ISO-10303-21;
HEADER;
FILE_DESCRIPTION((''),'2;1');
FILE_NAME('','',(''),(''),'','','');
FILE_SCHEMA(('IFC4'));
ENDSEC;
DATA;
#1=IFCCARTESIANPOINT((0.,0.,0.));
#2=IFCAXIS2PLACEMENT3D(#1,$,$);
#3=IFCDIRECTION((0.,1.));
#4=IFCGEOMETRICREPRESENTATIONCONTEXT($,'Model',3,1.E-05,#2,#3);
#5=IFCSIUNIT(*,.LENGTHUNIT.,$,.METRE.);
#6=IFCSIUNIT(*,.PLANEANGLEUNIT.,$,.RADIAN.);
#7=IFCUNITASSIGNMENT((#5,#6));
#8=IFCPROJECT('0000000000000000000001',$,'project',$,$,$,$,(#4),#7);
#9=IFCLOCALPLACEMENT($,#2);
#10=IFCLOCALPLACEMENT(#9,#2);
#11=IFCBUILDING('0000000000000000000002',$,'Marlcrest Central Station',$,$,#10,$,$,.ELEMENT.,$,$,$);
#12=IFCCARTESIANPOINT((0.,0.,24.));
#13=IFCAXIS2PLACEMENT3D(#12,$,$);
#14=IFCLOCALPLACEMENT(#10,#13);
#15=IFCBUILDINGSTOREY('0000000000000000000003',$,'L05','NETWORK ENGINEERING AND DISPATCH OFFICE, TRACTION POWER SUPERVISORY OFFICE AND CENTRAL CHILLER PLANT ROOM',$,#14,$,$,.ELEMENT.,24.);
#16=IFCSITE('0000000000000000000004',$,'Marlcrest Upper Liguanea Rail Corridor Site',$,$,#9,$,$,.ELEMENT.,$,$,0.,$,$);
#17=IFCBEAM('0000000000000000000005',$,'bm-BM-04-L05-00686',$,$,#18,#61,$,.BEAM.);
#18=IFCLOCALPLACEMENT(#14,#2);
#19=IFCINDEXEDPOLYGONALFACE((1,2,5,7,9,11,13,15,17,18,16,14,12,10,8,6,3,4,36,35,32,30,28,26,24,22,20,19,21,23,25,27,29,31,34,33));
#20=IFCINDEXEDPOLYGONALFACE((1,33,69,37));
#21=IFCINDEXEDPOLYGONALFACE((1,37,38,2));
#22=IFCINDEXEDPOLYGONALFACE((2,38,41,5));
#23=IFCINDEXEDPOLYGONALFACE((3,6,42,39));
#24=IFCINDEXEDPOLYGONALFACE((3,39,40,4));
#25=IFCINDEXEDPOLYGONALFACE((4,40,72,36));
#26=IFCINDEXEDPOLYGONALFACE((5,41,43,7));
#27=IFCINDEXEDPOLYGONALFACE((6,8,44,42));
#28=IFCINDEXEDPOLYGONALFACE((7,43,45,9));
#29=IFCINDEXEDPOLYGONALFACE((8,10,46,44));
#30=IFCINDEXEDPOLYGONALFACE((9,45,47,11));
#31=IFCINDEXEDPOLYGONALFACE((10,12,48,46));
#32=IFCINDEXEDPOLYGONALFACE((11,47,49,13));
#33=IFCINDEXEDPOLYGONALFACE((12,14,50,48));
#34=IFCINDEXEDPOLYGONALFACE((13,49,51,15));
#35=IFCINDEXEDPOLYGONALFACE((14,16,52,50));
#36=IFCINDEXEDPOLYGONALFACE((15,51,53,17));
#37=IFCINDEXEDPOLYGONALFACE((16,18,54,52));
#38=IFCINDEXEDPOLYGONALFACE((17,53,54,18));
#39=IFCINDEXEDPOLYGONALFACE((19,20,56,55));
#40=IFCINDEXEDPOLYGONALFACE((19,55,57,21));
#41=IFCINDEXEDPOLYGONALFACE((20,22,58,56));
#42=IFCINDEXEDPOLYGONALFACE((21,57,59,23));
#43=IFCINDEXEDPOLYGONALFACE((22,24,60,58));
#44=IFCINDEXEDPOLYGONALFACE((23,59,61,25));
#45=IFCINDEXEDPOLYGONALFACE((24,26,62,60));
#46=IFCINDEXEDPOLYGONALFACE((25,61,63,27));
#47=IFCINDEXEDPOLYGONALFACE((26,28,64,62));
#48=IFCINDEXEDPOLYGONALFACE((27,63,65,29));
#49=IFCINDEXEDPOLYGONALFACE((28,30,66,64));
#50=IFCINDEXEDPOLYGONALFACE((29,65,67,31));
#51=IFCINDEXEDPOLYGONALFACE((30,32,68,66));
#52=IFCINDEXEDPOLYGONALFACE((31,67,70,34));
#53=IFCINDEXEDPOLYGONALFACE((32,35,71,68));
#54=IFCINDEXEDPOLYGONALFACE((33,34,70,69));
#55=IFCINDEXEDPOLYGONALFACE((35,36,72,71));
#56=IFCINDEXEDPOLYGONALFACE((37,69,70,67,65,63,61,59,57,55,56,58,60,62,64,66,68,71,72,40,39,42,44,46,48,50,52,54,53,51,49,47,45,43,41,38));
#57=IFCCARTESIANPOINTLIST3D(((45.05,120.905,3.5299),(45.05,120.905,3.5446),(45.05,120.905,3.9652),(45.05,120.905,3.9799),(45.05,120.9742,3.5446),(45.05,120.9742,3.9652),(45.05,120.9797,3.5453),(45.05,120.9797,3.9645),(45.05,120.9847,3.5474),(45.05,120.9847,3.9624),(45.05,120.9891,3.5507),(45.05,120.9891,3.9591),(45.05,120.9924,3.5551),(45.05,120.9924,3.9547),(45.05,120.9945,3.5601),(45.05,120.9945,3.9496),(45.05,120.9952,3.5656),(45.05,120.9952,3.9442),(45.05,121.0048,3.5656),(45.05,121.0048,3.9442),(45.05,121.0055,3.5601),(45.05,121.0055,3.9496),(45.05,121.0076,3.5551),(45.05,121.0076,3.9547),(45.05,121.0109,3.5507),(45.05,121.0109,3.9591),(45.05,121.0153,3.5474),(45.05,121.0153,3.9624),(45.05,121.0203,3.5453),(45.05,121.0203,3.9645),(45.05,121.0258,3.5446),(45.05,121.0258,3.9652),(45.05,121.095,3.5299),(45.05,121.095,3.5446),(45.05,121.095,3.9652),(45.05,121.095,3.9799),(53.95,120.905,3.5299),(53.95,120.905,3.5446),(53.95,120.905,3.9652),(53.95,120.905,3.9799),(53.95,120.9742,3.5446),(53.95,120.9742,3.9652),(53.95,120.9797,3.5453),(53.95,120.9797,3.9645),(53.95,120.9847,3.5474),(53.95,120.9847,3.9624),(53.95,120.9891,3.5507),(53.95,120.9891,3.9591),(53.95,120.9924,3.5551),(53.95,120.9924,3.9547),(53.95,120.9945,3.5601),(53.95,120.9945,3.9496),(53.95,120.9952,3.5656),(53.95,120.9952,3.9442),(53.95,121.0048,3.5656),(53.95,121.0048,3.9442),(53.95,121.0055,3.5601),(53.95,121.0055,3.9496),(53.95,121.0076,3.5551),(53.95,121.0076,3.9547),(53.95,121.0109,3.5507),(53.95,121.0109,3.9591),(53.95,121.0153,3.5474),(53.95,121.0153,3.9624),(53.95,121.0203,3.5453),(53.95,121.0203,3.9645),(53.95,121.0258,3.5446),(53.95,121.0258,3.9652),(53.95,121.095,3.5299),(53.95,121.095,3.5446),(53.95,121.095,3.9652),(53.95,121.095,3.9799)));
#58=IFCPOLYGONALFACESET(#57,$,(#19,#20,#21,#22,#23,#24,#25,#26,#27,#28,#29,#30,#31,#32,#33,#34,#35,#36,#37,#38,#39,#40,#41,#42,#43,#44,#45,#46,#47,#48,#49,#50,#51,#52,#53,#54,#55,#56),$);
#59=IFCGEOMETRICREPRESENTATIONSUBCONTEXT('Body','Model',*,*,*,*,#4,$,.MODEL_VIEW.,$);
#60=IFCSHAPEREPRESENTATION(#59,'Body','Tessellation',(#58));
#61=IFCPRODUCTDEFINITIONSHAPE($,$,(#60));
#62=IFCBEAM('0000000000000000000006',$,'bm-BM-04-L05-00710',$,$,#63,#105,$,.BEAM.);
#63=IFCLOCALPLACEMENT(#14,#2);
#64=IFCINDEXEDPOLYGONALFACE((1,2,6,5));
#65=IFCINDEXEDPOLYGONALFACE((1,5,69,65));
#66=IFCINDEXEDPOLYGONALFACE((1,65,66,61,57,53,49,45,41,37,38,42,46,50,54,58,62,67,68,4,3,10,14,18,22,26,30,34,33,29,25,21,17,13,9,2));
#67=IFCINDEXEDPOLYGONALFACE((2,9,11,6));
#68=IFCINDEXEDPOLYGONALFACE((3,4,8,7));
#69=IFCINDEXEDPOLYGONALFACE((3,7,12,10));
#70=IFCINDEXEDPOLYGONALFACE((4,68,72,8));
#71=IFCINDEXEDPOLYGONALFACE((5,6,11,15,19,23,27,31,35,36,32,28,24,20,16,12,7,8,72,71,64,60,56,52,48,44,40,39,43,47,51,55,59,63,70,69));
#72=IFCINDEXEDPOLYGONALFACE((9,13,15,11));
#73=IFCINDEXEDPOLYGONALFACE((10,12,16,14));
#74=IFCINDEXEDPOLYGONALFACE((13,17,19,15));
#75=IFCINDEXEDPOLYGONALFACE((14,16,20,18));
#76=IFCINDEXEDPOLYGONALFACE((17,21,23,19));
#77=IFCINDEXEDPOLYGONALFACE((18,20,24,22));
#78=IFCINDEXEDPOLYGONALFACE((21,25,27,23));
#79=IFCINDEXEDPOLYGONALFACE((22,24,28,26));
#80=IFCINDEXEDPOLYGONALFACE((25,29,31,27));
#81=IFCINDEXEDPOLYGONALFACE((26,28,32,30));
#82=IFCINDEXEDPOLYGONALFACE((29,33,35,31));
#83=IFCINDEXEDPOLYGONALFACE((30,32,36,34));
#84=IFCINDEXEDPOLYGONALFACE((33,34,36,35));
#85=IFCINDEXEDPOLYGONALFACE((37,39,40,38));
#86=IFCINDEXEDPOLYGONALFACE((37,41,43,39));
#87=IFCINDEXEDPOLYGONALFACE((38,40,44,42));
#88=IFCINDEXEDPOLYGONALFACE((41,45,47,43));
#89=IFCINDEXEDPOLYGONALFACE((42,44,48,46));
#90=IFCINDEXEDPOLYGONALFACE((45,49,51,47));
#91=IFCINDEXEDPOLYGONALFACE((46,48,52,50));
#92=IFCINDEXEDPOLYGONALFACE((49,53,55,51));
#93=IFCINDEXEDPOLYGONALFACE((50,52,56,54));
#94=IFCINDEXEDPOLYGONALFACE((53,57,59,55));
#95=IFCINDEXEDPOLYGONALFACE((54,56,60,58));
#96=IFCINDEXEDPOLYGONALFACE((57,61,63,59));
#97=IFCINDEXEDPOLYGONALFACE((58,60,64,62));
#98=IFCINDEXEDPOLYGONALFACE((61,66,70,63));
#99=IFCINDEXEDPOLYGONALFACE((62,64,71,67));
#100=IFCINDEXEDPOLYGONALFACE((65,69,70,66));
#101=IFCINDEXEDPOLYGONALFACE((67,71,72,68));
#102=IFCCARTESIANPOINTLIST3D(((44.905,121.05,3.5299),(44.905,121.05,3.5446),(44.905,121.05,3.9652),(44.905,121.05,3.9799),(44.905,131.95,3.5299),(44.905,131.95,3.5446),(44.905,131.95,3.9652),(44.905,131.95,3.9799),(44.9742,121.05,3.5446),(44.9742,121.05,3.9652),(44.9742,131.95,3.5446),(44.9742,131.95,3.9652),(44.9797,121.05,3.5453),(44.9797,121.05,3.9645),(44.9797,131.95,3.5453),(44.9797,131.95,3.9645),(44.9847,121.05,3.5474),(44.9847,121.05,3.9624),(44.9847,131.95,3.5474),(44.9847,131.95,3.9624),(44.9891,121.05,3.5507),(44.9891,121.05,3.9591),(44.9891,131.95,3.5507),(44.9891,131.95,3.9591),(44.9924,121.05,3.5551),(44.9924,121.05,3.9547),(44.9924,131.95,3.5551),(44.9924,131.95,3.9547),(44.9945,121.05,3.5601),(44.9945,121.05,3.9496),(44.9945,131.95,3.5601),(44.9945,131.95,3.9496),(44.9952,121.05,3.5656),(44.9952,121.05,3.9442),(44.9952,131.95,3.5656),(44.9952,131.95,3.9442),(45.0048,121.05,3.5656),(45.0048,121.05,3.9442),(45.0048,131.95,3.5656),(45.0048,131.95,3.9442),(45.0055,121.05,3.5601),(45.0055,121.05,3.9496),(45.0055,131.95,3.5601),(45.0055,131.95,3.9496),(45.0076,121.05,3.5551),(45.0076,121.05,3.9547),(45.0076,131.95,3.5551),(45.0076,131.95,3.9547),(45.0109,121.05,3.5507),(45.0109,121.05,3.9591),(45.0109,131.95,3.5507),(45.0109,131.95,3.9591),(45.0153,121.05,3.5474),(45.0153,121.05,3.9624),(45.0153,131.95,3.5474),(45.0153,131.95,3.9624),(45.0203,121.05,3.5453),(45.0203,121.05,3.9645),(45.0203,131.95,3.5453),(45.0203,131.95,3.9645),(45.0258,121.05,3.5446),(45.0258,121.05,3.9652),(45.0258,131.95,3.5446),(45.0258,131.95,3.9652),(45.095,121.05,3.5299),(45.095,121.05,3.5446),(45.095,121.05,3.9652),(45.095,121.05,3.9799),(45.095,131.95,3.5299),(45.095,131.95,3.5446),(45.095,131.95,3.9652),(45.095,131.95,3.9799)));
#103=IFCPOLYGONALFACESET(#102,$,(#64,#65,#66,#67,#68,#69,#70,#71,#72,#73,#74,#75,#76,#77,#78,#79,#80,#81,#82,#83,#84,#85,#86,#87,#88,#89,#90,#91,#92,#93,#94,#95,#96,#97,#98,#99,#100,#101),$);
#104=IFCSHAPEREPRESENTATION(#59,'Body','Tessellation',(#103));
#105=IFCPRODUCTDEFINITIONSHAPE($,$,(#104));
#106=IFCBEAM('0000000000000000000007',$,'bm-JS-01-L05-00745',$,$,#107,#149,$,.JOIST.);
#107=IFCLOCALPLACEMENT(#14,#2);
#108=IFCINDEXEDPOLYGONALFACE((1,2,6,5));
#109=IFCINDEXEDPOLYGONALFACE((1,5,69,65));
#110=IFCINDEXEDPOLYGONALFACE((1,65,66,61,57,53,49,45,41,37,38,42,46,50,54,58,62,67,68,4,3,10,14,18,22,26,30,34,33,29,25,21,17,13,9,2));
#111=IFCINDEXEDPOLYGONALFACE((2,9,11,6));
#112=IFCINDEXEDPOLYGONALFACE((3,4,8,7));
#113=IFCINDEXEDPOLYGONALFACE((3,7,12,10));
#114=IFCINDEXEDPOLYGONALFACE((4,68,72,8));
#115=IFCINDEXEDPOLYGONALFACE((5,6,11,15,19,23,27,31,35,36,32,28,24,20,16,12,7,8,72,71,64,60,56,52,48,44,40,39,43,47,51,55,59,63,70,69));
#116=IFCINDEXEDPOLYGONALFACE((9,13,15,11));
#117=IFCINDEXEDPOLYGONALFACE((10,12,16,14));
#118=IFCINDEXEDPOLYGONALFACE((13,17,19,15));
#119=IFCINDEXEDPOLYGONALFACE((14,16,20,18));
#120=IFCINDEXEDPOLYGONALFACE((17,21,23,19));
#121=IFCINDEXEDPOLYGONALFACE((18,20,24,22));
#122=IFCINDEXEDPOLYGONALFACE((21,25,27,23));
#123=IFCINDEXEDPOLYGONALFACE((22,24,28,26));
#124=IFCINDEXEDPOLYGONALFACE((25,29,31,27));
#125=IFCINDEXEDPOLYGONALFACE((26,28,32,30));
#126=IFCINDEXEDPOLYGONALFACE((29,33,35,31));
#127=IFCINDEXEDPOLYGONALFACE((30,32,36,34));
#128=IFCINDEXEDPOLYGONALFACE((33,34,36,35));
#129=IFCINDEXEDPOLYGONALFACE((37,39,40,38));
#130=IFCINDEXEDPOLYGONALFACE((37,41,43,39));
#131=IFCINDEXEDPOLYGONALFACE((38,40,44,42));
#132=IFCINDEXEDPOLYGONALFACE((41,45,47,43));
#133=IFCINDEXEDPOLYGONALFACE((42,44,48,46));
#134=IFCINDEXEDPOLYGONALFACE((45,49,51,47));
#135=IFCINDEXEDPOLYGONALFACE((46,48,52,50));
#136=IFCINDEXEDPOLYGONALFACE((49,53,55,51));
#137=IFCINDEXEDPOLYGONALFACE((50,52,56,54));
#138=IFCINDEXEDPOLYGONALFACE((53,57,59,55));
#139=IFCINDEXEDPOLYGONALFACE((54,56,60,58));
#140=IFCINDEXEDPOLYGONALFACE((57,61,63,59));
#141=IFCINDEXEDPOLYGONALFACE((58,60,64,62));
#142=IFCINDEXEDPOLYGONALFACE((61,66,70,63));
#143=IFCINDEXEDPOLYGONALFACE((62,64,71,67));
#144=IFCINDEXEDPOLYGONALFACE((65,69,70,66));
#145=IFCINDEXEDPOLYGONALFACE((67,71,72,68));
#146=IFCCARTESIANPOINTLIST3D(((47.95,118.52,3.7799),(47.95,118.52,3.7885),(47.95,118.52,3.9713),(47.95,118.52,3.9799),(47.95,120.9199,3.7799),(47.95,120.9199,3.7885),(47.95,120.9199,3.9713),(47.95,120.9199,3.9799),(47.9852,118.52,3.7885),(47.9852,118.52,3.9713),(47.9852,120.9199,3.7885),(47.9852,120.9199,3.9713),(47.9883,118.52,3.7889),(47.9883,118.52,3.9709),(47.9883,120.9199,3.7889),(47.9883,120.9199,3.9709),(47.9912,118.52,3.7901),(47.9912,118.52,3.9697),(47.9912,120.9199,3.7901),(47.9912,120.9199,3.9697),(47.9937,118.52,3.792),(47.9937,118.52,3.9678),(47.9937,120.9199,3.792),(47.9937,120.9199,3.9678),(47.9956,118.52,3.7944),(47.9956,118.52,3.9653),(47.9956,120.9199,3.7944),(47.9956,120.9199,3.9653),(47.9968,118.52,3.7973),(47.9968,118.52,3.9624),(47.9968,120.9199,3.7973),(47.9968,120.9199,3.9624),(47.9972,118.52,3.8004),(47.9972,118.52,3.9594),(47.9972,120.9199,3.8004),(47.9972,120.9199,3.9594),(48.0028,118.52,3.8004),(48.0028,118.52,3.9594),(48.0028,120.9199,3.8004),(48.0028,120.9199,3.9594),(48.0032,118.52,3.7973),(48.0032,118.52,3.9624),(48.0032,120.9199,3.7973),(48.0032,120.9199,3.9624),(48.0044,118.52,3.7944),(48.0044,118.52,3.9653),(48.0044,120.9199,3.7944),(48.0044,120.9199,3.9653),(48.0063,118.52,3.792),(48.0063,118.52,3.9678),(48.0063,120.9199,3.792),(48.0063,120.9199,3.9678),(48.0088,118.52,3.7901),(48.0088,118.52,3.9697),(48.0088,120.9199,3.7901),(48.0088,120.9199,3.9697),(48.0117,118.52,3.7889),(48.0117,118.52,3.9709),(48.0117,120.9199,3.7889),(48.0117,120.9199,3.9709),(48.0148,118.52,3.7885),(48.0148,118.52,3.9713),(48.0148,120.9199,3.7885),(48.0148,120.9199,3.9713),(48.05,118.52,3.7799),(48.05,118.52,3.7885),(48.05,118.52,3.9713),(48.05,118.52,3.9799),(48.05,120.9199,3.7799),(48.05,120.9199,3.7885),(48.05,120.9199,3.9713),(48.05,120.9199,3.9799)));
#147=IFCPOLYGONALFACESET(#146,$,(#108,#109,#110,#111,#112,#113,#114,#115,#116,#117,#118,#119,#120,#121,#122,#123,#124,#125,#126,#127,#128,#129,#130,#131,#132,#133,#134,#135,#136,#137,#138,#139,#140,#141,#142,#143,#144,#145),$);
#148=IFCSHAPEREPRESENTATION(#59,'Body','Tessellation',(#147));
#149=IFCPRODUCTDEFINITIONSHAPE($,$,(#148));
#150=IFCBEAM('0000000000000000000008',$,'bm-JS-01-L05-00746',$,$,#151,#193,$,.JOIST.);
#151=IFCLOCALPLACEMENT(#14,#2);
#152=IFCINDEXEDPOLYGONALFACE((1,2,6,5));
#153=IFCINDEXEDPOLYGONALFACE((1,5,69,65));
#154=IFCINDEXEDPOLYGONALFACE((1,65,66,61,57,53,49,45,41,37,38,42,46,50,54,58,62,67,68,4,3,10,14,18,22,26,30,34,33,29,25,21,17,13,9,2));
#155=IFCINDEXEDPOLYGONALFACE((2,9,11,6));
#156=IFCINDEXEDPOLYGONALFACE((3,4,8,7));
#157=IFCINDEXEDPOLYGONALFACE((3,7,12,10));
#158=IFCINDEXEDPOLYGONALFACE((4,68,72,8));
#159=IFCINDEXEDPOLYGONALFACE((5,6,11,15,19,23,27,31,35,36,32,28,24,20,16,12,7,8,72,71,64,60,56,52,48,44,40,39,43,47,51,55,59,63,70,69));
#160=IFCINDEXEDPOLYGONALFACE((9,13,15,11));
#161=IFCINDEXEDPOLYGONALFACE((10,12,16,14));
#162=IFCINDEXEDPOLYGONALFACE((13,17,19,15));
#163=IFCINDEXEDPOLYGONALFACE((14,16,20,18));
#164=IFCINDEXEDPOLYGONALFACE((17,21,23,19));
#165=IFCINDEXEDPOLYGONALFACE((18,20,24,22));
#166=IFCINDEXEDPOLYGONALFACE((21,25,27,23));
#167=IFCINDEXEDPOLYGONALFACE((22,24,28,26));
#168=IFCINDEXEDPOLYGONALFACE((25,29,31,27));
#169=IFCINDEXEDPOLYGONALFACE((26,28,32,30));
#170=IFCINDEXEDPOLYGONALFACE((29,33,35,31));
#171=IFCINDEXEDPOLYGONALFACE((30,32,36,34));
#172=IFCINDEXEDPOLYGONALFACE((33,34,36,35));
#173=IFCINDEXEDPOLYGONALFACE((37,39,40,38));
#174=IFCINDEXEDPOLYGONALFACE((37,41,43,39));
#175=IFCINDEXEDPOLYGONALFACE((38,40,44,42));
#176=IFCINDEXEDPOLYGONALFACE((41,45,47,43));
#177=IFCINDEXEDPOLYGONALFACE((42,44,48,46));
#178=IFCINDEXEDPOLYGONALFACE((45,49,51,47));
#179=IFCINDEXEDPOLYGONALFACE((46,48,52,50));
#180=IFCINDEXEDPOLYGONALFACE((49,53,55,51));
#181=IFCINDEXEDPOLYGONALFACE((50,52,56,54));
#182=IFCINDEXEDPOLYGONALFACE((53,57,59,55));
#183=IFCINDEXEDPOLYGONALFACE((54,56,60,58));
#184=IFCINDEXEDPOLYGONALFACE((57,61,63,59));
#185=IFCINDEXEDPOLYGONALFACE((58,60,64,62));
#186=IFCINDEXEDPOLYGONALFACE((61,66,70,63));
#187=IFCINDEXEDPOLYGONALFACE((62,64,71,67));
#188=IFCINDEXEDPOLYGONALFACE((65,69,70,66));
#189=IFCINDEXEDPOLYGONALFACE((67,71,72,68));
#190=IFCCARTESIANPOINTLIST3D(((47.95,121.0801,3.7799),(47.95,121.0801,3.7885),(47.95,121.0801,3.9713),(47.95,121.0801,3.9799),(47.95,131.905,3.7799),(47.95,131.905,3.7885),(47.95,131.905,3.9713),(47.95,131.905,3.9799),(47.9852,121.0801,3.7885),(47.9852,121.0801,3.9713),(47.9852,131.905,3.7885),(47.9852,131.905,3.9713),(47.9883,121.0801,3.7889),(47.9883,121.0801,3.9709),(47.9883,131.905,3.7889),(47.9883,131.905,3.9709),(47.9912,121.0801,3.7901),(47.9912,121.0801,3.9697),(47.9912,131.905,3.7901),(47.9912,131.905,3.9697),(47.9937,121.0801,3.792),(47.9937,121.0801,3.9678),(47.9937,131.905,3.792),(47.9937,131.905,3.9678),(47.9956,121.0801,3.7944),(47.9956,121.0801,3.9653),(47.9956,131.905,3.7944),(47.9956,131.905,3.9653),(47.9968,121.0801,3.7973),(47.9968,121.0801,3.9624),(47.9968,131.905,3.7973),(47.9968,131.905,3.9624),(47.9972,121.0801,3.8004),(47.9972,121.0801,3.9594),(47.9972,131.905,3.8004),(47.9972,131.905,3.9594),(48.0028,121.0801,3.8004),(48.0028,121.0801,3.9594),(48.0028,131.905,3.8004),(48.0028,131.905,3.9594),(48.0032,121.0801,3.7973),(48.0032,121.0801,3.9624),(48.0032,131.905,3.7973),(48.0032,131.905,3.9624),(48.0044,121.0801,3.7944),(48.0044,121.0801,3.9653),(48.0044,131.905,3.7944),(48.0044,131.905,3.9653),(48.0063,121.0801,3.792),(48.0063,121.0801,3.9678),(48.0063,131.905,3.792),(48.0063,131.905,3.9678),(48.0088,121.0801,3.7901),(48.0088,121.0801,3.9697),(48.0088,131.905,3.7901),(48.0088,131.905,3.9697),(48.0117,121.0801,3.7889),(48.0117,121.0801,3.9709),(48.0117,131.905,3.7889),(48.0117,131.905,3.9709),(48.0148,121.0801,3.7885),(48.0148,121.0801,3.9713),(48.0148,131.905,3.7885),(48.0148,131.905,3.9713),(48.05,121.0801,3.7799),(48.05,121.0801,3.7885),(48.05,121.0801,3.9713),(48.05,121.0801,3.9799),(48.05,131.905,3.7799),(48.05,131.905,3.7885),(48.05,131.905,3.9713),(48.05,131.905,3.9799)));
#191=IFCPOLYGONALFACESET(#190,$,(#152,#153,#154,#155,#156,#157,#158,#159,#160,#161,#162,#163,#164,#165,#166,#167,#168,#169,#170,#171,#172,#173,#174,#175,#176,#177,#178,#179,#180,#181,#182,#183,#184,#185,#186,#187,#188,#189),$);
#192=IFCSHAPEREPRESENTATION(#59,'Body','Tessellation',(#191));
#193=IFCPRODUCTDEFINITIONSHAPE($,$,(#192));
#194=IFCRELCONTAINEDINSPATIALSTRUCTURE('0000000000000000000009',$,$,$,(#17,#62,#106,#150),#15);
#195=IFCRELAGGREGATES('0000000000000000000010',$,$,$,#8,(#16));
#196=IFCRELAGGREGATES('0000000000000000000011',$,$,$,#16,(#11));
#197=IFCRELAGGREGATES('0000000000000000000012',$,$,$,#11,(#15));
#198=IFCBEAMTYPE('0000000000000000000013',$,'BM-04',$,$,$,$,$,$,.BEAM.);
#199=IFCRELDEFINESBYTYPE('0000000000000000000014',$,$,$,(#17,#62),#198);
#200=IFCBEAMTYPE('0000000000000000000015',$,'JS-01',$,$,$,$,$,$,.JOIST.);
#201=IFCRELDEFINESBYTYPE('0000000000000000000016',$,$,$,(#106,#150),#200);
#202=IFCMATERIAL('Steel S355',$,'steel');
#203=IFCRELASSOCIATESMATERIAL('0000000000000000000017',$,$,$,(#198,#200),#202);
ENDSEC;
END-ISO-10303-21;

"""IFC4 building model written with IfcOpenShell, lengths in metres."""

from ifc_helpers import new_model, si_unit, direction, frame, origin, origin_2d, place, context, subcontext, project, spatial, i_section, extrude, material, material_profile, profile_set, type_object, element, save


model = new_model("IFC4")

# Units and contexts
model_context = context("Model", 3, precision=1e-05, world=origin(), true_north=direction((0.0, 1.0)))
body_context = subcontext(model_context, "Body", "Model", "MODEL_VIEW")
ifc_project = project(units=[si_unit("LENGTHUNIT", "METRE"), si_unit("PLANEANGLEUNIT", "RADIAN")], contexts=[model_context])

# Site, building, storey
site_placement = place(None, origin())
site = spatial("IfcSite", under=ifc_project, at=site_placement, Name="Marlcrest Upper Liguanea Rail Corridor Site", CompositionType="ELEMENT", RefElevation=0.0)
building_placement = place(site_placement, origin())
building = spatial("IfcBuilding", under=site, at=building_placement, Name="Marlcrest Central Station", CompositionType="ELEMENT")
storey_placement = place(building_placement, frame((0.0, 0.0, 24.0)))
storey = spatial("IfcBuildingStorey", under=building, at=storey_placement, Name="L05", Description="NETWORK ENGINEERING AND DISPATCH OFFICE, TRACTION POWER SUPERVISORY OFFICE AND CENTRAL CHILLER PLANT ROOM", CompositionType="ELEMENT", Elevation=24.0)

# Shared definitions
ifc_material_1 = material(Name="Steel S355", Category="steel")

# Beams
ifc_material_profile_1 = material_profile(ifc_material_1, i_section(OverallWidth=0.1899, OverallDepth=0.45, WebThickness=0.0095, FlangeThickness=0.0146, FilletRadius=0.021, at=origin_2d()), Name="IPE 450")
ifc_profile_set_1 = profile_set([ifc_material_profile_1], Name="Steel S355")
beam_type_1 = type_object("IfcBeamType", Name="BM-04", PredefinedType="BEAM", material=ifc_profile_set_1)
beam_1_placement = place(storey_placement, frame((45.05, 121.0, 3.7549), z_axis=(1.0, 0.0, 0.0), x_axis=(0.0, 1.0, 0.0)))
element("IfcBeam", 1, at=beam_1_placement, inside=storey, type_object=beam_type_1, Name="bm-BM-04-L05-00686", PredefinedType="BEAM", context=body_context, shape_type="SweptSolid", body=[
    extrude(i_section(OverallWidth=0.1899, OverallDepth=0.45, WebThickness=0.0095, FlangeThickness=0.0146, FilletRadius=0.021, at=origin_2d()), origin(), (0.0, 0.0, 1.0), 8.8999),
])
beam_2_placement = place(storey_placement, frame((45.0, 121.05, 3.7549), z_axis=(0.0, 1.0, 0.0), x_axis=(-1.0, 0.0, 0.0)))
element("IfcBeam", 2, at=beam_2_placement, inside=storey, type_object=beam_type_1, Name="bm-BM-04-L05-00710", PredefinedType="BEAM", context=body_context, shape_type="SweptSolid", body=[
    extrude(i_section(OverallWidth=0.1899, OverallDepth=0.45, WebThickness=0.0095, FlangeThickness=0.0146, FilletRadius=0.021, at=origin_2d()), origin(), (0.0, 0.0, 1.0), 10.8999),
])
ifc_material_profile_2 = material_profile(ifc_material_1, i_section(OverallWidth=0.1001, OverallDepth=0.2, WebThickness=0.0056, FlangeThickness=0.0085, FilletRadius=0.012, at=origin_2d()), Name="IPE 200")
ifc_profile_set_2 = profile_set([ifc_material_profile_2], Name="Steel S355")
beam_type_2 = type_object("IfcBeamType", Name="JS-01", PredefinedType="JOIST", material=ifc_profile_set_2)
beam_3_placement = place(storey_placement, frame((48.0, 118.52, 3.8799), z_axis=(0.0, 1.0, 0.0), x_axis=(-1.0, 0.0, 0.0)))
element("IfcBeam", 3, at=beam_3_placement, inside=storey, type_object=beam_type_2, Name="bm-JS-01-L05-00745", PredefinedType="JOIST", context=body_context, shape_type="SweptSolid", body=[
    extrude(i_section(OverallWidth=0.1001, OverallDepth=0.2, WebThickness=0.0056, FlangeThickness=0.0085, FilletRadius=0.012, at=origin_2d()), origin(), (0.0, 0.0, 1.0), 2.3999),
])
beam_4_placement = place(storey_placement, frame((48.0, 121.0801, 3.8799), z_axis=(0.0, 1.0, 0.0), x_axis=(-1.0, 0.0, 0.0)))
element("IfcBeam", 4, at=beam_4_placement, inside=storey, type_object=beam_type_2, Name="bm-JS-01-L05-00746", PredefinedType="JOIST", context=body_context, shape_type="SweptSolid", body=[
    extrude(i_section(OverallWidth=0.1001, OverallDepth=0.2, WebThickness=0.0056, FlangeThickness=0.0085, FilletRadius=0.012, at=origin_2d()), origin(), (0.0, 0.0, 1.0), 10.825),
])

save(model, "model.ifc")
